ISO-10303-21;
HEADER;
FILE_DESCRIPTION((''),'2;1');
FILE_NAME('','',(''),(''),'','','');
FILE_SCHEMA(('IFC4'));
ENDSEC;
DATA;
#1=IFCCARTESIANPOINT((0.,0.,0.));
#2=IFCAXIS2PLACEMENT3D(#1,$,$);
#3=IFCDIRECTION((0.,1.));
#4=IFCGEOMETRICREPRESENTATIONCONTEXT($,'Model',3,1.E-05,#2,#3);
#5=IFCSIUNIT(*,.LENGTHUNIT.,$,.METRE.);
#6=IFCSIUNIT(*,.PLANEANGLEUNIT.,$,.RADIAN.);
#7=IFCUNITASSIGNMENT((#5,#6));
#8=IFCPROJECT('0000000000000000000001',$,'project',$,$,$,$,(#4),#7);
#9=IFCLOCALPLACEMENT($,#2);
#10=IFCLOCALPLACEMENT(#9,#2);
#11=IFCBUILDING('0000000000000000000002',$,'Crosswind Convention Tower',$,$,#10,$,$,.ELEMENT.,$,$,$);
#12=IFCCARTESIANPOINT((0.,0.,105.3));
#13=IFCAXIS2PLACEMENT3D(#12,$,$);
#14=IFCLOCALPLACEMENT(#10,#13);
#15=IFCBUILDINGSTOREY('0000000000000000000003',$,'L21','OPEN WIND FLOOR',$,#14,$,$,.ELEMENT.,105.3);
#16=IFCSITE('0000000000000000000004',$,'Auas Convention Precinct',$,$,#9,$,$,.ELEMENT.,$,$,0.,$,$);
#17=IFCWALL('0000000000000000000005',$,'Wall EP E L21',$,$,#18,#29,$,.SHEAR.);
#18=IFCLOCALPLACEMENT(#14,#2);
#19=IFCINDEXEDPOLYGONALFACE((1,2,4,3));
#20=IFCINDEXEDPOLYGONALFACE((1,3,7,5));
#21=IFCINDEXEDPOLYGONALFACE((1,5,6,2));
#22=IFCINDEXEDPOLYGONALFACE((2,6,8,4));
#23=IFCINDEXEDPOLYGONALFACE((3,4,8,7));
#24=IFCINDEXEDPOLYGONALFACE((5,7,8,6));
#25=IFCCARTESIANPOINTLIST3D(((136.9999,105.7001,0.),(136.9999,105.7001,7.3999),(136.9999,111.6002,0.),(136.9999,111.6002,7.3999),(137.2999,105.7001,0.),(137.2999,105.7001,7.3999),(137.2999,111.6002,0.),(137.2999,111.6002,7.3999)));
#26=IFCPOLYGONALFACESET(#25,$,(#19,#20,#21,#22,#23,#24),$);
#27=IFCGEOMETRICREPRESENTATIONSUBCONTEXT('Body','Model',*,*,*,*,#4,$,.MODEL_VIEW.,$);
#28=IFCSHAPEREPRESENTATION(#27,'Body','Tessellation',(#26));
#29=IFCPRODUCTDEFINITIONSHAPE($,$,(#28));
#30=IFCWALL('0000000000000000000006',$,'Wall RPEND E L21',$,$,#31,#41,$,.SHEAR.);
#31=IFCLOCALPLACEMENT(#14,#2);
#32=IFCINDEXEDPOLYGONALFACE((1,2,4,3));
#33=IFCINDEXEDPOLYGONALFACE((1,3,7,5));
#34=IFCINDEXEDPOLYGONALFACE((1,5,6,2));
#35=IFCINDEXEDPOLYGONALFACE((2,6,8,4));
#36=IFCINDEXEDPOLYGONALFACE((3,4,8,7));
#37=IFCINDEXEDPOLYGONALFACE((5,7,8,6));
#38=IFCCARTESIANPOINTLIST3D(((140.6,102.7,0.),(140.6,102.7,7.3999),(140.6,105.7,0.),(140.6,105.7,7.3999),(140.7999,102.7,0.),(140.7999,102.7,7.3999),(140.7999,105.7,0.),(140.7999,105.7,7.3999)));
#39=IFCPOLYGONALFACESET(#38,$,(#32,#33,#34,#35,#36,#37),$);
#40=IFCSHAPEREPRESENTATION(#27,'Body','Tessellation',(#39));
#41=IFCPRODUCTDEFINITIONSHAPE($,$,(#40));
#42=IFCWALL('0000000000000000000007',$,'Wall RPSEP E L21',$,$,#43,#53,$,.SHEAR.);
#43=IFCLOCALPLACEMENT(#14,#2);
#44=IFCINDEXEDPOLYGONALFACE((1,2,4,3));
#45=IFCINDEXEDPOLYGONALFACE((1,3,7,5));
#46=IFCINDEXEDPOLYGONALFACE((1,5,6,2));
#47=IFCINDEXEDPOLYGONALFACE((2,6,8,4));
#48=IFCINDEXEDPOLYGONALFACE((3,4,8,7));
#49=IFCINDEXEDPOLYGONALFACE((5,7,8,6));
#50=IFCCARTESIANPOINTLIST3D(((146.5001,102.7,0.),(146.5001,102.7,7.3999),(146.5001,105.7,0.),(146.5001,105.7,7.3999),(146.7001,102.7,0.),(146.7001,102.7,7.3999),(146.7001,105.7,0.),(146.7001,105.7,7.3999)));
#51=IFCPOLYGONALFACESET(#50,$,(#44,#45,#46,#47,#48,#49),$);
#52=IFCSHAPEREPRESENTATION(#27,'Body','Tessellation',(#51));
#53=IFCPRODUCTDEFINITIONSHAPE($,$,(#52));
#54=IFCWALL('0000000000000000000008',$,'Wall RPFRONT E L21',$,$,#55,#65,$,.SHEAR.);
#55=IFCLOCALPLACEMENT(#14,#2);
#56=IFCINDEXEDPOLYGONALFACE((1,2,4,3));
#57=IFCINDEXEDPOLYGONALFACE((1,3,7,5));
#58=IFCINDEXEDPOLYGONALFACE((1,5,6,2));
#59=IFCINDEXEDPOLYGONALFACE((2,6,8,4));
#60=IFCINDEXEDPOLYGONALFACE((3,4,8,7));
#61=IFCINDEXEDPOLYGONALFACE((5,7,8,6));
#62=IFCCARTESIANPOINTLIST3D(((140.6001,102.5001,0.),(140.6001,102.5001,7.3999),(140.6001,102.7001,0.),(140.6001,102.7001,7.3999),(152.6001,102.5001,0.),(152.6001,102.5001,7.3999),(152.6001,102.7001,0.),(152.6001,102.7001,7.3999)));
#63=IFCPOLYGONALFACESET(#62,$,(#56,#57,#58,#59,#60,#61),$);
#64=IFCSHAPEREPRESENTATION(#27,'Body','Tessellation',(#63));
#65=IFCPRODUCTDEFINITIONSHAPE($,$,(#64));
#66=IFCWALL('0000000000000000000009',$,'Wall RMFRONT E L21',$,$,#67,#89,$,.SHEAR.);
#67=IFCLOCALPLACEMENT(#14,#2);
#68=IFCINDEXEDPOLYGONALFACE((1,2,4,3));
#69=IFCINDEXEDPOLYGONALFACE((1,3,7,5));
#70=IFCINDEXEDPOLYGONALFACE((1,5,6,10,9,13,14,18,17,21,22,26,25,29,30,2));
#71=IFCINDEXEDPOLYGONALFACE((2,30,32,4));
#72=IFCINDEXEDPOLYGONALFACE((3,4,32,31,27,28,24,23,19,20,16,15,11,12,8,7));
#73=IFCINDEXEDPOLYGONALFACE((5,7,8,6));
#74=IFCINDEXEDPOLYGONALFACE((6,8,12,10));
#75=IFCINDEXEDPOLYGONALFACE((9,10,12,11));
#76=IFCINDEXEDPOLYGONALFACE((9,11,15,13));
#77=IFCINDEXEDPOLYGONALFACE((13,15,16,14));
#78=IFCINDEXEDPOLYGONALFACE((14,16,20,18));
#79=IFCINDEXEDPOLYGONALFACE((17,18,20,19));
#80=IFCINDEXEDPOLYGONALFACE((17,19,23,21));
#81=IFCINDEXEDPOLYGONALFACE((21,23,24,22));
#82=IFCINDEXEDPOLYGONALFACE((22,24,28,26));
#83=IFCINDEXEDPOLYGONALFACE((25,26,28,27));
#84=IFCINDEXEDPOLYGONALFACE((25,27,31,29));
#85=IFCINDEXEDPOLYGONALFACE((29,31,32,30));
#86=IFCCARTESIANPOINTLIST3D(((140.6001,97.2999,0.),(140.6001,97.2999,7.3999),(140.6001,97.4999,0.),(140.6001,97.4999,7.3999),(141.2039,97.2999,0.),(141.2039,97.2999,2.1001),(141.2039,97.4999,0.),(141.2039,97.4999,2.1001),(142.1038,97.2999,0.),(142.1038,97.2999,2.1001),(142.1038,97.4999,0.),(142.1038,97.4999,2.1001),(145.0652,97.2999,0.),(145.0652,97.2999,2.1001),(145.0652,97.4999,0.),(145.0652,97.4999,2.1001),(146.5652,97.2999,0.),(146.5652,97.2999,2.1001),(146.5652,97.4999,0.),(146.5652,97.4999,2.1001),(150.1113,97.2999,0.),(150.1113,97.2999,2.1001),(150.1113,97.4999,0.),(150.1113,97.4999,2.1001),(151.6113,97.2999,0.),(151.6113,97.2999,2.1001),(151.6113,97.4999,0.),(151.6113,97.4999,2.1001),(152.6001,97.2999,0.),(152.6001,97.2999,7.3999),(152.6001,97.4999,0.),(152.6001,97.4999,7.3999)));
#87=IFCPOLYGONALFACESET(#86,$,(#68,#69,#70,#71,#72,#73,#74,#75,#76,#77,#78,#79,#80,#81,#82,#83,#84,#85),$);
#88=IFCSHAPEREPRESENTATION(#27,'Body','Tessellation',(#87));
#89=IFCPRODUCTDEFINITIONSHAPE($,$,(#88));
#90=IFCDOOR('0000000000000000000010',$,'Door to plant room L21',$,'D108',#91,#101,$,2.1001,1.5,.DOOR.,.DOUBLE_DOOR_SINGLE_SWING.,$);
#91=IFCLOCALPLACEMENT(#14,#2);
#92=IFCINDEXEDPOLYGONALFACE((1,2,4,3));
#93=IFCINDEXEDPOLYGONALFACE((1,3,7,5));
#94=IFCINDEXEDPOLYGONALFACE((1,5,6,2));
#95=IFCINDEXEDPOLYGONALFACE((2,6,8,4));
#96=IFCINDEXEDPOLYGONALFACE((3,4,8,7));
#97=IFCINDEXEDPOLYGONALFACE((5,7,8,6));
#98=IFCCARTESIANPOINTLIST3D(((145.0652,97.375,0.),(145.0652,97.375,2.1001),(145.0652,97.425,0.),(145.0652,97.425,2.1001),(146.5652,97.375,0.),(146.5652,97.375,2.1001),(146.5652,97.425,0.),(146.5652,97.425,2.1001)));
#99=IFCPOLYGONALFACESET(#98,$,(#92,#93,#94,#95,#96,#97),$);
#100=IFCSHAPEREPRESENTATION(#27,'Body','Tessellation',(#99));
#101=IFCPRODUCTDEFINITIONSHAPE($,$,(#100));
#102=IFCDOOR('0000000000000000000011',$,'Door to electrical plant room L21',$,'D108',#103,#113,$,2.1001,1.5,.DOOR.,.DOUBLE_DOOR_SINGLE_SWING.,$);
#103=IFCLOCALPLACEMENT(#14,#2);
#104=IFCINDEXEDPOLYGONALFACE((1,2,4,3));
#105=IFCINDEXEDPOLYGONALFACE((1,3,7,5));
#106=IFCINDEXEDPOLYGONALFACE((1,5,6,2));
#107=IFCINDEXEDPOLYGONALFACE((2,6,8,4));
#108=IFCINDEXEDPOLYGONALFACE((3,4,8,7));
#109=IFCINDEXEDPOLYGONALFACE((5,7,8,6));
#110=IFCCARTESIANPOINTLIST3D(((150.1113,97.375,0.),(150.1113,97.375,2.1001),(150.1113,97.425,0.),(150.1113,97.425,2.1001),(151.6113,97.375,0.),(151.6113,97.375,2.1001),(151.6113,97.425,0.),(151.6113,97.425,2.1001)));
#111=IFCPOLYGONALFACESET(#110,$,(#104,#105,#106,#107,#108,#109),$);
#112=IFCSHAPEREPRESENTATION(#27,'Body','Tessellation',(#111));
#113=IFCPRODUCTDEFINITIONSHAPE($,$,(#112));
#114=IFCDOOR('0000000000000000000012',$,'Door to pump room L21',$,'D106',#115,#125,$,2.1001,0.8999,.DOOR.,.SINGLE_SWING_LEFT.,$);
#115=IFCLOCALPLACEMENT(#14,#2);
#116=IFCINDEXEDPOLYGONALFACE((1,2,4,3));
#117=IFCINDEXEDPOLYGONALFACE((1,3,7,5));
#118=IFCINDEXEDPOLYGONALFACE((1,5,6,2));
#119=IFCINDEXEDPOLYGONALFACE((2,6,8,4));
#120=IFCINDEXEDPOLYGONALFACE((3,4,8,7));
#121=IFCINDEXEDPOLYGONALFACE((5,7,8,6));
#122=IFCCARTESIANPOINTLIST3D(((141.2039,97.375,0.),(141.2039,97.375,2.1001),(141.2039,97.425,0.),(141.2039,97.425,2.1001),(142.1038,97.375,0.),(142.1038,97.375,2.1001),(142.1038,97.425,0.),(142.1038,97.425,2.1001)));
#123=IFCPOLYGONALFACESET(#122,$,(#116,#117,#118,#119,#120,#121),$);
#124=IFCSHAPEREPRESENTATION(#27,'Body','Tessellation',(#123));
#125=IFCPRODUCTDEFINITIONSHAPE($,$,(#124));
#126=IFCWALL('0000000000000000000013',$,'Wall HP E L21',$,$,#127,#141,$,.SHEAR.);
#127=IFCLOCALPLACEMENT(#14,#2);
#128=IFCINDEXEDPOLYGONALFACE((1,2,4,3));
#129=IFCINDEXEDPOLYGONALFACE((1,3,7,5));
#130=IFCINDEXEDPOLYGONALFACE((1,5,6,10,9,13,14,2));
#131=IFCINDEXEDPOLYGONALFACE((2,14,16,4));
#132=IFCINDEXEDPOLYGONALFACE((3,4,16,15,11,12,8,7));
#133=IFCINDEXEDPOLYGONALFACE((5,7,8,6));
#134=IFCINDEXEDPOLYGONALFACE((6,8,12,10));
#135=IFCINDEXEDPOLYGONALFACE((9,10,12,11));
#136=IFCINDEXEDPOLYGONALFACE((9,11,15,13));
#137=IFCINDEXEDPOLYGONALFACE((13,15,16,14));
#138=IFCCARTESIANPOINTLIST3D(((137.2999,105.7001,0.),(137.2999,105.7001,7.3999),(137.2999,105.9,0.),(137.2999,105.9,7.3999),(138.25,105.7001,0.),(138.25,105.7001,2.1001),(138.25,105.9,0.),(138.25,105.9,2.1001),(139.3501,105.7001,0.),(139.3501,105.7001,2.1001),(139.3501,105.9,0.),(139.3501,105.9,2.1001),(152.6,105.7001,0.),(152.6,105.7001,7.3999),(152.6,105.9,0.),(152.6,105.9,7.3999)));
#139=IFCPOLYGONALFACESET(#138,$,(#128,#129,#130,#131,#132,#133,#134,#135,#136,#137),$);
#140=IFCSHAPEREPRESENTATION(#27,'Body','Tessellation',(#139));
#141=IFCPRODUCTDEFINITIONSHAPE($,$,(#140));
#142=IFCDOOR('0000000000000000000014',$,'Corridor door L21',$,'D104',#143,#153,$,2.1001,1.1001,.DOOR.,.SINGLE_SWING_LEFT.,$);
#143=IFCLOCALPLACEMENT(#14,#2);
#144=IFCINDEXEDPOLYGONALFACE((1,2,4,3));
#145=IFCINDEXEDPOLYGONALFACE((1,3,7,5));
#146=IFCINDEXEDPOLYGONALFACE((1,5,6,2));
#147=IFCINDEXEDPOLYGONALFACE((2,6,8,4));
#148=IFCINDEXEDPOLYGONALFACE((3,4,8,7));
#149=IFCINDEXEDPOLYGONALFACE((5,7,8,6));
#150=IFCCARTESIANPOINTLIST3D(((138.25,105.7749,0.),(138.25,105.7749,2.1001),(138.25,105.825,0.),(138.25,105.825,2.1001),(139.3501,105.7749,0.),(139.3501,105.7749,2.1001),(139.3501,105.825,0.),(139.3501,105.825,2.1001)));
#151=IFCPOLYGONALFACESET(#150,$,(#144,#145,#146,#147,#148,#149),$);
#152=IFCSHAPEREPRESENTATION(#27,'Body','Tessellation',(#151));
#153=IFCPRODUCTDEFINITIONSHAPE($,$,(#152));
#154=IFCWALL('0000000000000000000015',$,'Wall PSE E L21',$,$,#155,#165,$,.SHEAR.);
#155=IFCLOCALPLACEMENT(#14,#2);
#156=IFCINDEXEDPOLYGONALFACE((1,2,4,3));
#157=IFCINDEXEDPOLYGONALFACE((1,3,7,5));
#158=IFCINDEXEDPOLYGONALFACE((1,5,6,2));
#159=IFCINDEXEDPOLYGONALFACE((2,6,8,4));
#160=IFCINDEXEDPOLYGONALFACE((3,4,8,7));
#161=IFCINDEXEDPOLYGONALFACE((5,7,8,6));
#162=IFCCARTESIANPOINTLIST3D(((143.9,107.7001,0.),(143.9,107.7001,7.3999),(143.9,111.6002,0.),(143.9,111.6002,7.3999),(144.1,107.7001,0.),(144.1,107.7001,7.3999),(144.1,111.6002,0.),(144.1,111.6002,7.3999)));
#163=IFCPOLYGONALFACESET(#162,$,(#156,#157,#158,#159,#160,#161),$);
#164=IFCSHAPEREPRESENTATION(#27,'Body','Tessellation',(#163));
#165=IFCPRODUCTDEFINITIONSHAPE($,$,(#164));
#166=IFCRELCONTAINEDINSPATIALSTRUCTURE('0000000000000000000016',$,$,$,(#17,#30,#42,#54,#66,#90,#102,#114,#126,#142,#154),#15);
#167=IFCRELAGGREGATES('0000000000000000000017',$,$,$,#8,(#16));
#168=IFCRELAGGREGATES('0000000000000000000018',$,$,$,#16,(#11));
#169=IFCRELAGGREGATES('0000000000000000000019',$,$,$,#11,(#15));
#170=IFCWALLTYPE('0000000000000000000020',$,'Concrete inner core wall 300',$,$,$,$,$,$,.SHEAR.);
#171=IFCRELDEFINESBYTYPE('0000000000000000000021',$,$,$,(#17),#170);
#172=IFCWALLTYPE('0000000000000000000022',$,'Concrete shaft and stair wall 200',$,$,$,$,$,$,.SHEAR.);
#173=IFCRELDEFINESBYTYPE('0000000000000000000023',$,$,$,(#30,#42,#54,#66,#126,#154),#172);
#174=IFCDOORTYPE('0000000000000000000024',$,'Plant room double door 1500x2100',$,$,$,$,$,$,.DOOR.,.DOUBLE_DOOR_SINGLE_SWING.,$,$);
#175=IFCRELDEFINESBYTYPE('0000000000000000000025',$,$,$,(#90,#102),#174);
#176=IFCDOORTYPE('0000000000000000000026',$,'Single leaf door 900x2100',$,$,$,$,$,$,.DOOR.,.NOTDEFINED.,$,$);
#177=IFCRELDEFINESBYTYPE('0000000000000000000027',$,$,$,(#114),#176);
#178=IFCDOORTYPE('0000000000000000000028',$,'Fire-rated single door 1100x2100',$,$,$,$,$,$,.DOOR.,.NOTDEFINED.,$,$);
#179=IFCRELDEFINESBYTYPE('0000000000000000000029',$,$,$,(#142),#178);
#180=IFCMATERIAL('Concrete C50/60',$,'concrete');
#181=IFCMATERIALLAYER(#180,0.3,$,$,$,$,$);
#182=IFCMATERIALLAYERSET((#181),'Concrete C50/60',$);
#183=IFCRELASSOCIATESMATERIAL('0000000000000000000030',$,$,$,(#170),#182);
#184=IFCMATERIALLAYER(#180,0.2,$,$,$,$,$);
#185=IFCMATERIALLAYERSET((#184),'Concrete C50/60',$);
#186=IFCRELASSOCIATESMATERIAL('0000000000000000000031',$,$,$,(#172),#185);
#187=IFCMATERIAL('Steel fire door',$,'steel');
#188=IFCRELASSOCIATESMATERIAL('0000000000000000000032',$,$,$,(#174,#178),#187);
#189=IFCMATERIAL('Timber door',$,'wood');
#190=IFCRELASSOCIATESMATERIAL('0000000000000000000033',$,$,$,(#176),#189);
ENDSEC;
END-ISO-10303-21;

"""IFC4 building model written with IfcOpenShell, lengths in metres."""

from ifc_helpers import new_model, si_unit, direction, frame, frame_2d, origin, place, context, subcontext, project, spatial, rectangle, extrude, material, layer, layer_set, type_object, element, fill, save


model = new_model("IFC4")

# Units and contexts
model_context = context("Model", 3, precision=1e-05, world=origin(), true_north=direction((0.0, 1.0)))
body_context = subcontext(model_context, "Body", "Model", "MODEL_VIEW")
ifc_project = project(units=[si_unit("LENGTHUNIT", "METRE"), si_unit("PLANEANGLEUNIT", "RADIAN")], contexts=[model_context])

# Site, building, storey
site_placement = place(None, origin())
site = spatial("IfcSite", under=ifc_project, at=site_placement, Name="Auas Convention Precinct", CompositionType="ELEMENT", RefElevation=0.0)
building_placement = place(site_placement, origin())
building = spatial("IfcBuilding", under=site, at=building_placement, Name="Crosswind Convention Tower", CompositionType="ELEMENT")
storey_placement = place(building_placement, frame((0.0, 0.0, 105.3)))
storey = spatial("IfcBuildingStorey", under=building, at=storey_placement, Name="L21", Description="OPEN WIND FLOOR", CompositionType="ELEMENT", Elevation=105.3)

# Walls
ifc_material_1 = material(Name="Concrete C50/60", Category="concrete")
ifc_layer_1 = layer(ifc_material_1, 0.3)
ifc_layer_set_1 = layer_set([ifc_layer_1], Name="Concrete C50/60")
wall_type_1 = type_object("IfcWallType", Name="Concrete inner core wall 300", PredefinedType="SHEAR", material=ifc_layer_set_1)
wall_1_placement = place(storey_placement, frame((137.1499, 105.7, 0.0), z_axis=(0.0, 0.0, 1.0), x_axis=(0.0, 1.0, 0.0)))
element("IfcWall", 1, at=wall_1_placement, inside=storey, type_object=wall_type_1, Name="Wall EP E L21", PredefinedType="SHEAR", context=body_context, shape_type="SweptSolid", body=[
    extrude(rectangle(XDim=5.9001, YDim=0.3, at=frame_2d((2.9502, 0.0))), origin(), (0.0, 0.0, 1.0), 7.3999),
])
ifc_layer_2 = layer(ifc_material_1, 0.2)
ifc_layer_set_2 = layer_set([ifc_layer_2], Name="Concrete C50/60")
wall_type_2 = type_object("IfcWallType", Name="Concrete shaft and stair wall 200", PredefinedType="SHEAR", material=ifc_layer_set_2)
for number, where, z_axis, x_axis, name in (
    (2, (140.7, 102.7, 0.0), (0.0, 0.0, 1.0), (0.0, 1.0, 0.0), "Wall RPEND E L21"),
    (3, (146.6001, 102.7, 0.0), (0.0, 0.0, 1.0), (0.0, 1.0, 0.0), "Wall RPSEP E L21"),
):
    element("IfcWall", number, at=place(storey_placement, frame(where, z_axis=z_axis, x_axis=x_axis)), inside=storey, type_object=wall_type_2, Name=name, PredefinedType="SHEAR", context=body_context, shape_type="SweptSolid", body=[
        extrude(rectangle(XDim=3.0, YDim=0.2, at=frame_2d((1.5, 0.0))), origin(), (0.0, 0.0, 1.0), 7.3999),
    ])
wall_2_placement = place(storey_placement, frame((140.6001, 102.6001, 0.0), z_axis=(0.0, 0.0, 1.0), x_axis=(1.0, 0.0, 0.0)))
element("IfcWall", 4, at=wall_2_placement, inside=storey, type_object=wall_type_2, Name="Wall RPFRONT E L21", PredefinedType="SHEAR", context=body_context, shape_type="SweptSolid", body=[
    extrude(rectangle(XDim=12.0, YDim=0.2, at=frame_2d((6.0, 0.0))), origin(), (0.0, 0.0, 1.0), 7.3999),
])

# Wall, openings, doors
wall_3_placement = place(storey_placement, frame((140.6001, 97.3999, 0.0), z_axis=(0.0, 0.0, 1.0), x_axis=(1.0, 0.0, 0.0)))
wall_3 = element("IfcWall", 5, at=wall_3_placement, inside=storey, type_object=wall_type_2, Name="Wall RMFRONT E L21", PredefinedType="SHEAR", context=body_context, shape_type="SweptSolid", body=[
    extrude(rectangle(XDim=12.0, YDim=0.2, at=frame_2d((6.0, 0.0))), origin(), (0.0, 0.0, 1.0), 7.3999),
])
opening_1_placement = place(wall_3_placement, frame((0.6038, 0.0, 0.0)))
opening_1 = element("IfcOpeningElement", 6, at=opening_1_placement, cuts=wall_3, PredefinedType="OPENING", context=body_context, shape_type="SweptSolid", body=[
    extrude(rectangle(XDim=0.8999, YDim=2.1001, at=frame_2d((0.45, 1.05))), frame((0.0, 0.1099, 0.0), z_axis=(0.0, -1.0, 0.0), x_axis=(1.0, 0.0, 0.0)), (0.0, 0.0, 1.0), 0.22),
])
opening_2_placement = place(wall_3_placement, frame((4.4651, 0.0, 0.0)))
opening_2 = element("IfcOpeningElement", 7, at=opening_2_placement, cuts=wall_3, PredefinedType="OPENING", context=body_context, shape_type="SweptSolid", body=[
    extrude(rectangle(XDim=1.5, YDim=2.1001, at=frame_2d((0.75, 1.05))), frame((0.0, 0.1099, 0.0), z_axis=(0.0, -1.0, 0.0), x_axis=(1.0, 0.0, 0.0)), (0.0, 0.0, 1.0), 0.22),
])
opening_3_placement = place(wall_3_placement, frame((9.5112, 0.0, 0.0)))
opening_3 = element("IfcOpeningElement", 8, at=opening_3_placement, cuts=wall_3, PredefinedType="OPENING", context=body_context, shape_type="SweptSolid", body=[
    extrude(rectangle(XDim=1.5, YDim=2.1001, at=frame_2d((0.75, 1.05))), frame((0.0, 0.1099, 0.0), z_axis=(0.0, -1.0, 0.0), x_axis=(1.0, 0.0, 0.0)), (0.0, 0.0, 1.0), 0.22),
])
ifc_material_2 = material(Name="Steel fire door", Category="steel")
door_type_1 = type_object("IfcDoorType", Name="Plant room double door 1500x2100", OperationType="DOUBLE_DOOR_SINGLE_SWING", PredefinedType="DOOR", material=ifc_material_2)
door_1_placement = place(opening_2_placement, frame((1.5, 0.0, 0.0), z_axis=(0.0, 0.0, 1.0), x_axis=(-1.0, 0.0, 0.0)))
door_1 = element("IfcDoor", 9, at=door_1_placement, inside=storey, type_object=door_type_1, Name="Door to plant room L21", ObjectType="D108", OperationType="DOUBLE_DOOR_SINGLE_SWING", OverallHeight=2.1001, OverallWidth=1.5, PredefinedType="DOOR", context=body_context, shape_type="SweptSolid", body=[
    extrude(rectangle(XDim=1.5, YDim=2.1001, at=frame_2d((0.75, 1.05))), frame((0.0, 0.0249, 0.0), z_axis=(0.0, -1.0, 0.0), x_axis=(1.0, 0.0, 0.0)), (0.0, 0.0, 1.0), 0.05),
])
fill(opening_2, door_1)
door_2_placement = place(opening_3_placement, frame((1.5, 0.0, 0.0), z_axis=(0.0, 0.0, 1.0), x_axis=(-1.0, 0.0, 0.0)))
door_2 = element("IfcDoor", 10, at=door_2_placement, inside=storey, type_object=door_type_1, Name="Door to electrical plant room L21", ObjectType="D108", OperationType="DOUBLE_DOOR_SINGLE_SWING", OverallHeight=2.1001, OverallWidth=1.5, PredefinedType="DOOR", context=body_context, shape_type="SweptSolid", body=[
    extrude(rectangle(XDim=1.5, YDim=2.1001, at=frame_2d((0.75, 1.05))), frame((0.0, 0.0249, 0.0), z_axis=(0.0, -1.0, 0.0), x_axis=(1.0, 0.0, 0.0)), (0.0, 0.0, 1.0), 0.05),
])
fill(opening_3, door_2)
ifc_material_3 = material(Name="Timber door", Category="wood")
door_type_2 = type_object("IfcDoorType", Name="Single leaf door 900x2100", OperationType="NOTDEFINED", PredefinedType="DOOR", material=ifc_material_3)
door_3_placement = place(opening_1_placement, frame((0.8999, 0.0, 0.0), z_axis=(0.0, 0.0, 1.0), x_axis=(-1.0, 0.0, 0.0)))
door_3 = element("IfcDoor", 11, at=door_3_placement, inside=storey, type_object=door_type_2, Name="Door to pump room L21", ObjectType="D106", OperationType="SINGLE_SWING_LEFT", OverallHeight=2.1001, OverallWidth=0.8999, PredefinedType="DOOR", context=body_context, shape_type="SweptSolid", body=[
    extrude(rectangle(XDim=0.8999, YDim=2.1001, at=frame_2d((0.45, 1.05))), frame((0.0, 0.0249, 0.0), z_axis=(0.0, -1.0, 0.0), x_axis=(1.0, 0.0, 0.0)), (0.0, 0.0, 1.0), 0.05),
])
fill(opening_1, door_3)

# Wall, opening, door
wall_4_placement = place(storey_placement, frame((137.3, 105.8, 0.0), z_axis=(0.0, 0.0, 1.0), x_axis=(1.0, 0.0, 0.0)))
wall_4 = element("IfcWall", 12, at=wall_4_placement, inside=storey, type_object=wall_type_2, Name="Wall HP E L21", PredefinedType="SHEAR", context=body_context, shape_type="SweptSolid", body=[
    extrude(rectangle(XDim=15.3, YDim=0.2, at=frame_2d((7.6499, 0.0))), origin(), (0.0, 0.0, 1.0), 7.3999),
])
opening_4_placement = place(wall_4_placement, frame((0.95, 0.0, 0.0)))
opening_4 = element("IfcOpeningElement", 13, at=opening_4_placement, cuts=wall_4, PredefinedType="OPENING", context=body_context, shape_type="SweptSolid", body=[
    extrude(rectangle(XDim=1.1001, YDim=2.1001, at=frame_2d((0.55, 1.05))), frame((0.0, 0.1099, 0.0), z_axis=(0.0, -1.0, 0.0), x_axis=(1.0, 0.0, 0.0)), (0.0, 0.0, 1.0), 0.22),
])
door_type_3 = type_object("IfcDoorType", Name="Fire-rated single door 1100x2100", OperationType="NOTDEFINED", PredefinedType="DOOR", material=ifc_material_2)
door_4_placement = place(opening_4_placement, origin())
door_4 = element("IfcDoor", 14, at=door_4_placement, inside=storey, type_object=door_type_3, Name="Corridor door L21", ObjectType="D104", OperationType="SINGLE_SWING_LEFT", OverallHeight=2.1001, OverallWidth=1.1001, PredefinedType="DOOR", context=body_context, shape_type="SweptSolid", body=[
    extrude(rectangle(XDim=1.1001, YDim=2.1001, at=frame_2d((0.55, 1.05))), frame((0.0, 0.0249, 0.0), z_axis=(0.0, -1.0, 0.0), x_axis=(1.0, 0.0, 0.0)), (0.0, 0.0, 1.0), 0.05),
])
fill(opening_4, door_4)

# Wall
wall_5_placement = place(storey_placement, frame((144.0, 107.7, 0.0), z_axis=(0.0, 0.0, 1.0), x_axis=(0.0, 1.0, 0.0)))
element("IfcWall", 15, at=wall_5_placement, inside=storey, type_object=wall_type_2, Name="Wall PSE E L21", PredefinedType="SHEAR", context=body_context, shape_type="SweptSolid", body=[
    extrude(rectangle(XDim=3.9001, YDim=0.2, at=frame_2d((1.9502, 0.0))), origin(), (0.0, 0.0, 1.0), 7.3999),
])

save(model, "model.ifc")
